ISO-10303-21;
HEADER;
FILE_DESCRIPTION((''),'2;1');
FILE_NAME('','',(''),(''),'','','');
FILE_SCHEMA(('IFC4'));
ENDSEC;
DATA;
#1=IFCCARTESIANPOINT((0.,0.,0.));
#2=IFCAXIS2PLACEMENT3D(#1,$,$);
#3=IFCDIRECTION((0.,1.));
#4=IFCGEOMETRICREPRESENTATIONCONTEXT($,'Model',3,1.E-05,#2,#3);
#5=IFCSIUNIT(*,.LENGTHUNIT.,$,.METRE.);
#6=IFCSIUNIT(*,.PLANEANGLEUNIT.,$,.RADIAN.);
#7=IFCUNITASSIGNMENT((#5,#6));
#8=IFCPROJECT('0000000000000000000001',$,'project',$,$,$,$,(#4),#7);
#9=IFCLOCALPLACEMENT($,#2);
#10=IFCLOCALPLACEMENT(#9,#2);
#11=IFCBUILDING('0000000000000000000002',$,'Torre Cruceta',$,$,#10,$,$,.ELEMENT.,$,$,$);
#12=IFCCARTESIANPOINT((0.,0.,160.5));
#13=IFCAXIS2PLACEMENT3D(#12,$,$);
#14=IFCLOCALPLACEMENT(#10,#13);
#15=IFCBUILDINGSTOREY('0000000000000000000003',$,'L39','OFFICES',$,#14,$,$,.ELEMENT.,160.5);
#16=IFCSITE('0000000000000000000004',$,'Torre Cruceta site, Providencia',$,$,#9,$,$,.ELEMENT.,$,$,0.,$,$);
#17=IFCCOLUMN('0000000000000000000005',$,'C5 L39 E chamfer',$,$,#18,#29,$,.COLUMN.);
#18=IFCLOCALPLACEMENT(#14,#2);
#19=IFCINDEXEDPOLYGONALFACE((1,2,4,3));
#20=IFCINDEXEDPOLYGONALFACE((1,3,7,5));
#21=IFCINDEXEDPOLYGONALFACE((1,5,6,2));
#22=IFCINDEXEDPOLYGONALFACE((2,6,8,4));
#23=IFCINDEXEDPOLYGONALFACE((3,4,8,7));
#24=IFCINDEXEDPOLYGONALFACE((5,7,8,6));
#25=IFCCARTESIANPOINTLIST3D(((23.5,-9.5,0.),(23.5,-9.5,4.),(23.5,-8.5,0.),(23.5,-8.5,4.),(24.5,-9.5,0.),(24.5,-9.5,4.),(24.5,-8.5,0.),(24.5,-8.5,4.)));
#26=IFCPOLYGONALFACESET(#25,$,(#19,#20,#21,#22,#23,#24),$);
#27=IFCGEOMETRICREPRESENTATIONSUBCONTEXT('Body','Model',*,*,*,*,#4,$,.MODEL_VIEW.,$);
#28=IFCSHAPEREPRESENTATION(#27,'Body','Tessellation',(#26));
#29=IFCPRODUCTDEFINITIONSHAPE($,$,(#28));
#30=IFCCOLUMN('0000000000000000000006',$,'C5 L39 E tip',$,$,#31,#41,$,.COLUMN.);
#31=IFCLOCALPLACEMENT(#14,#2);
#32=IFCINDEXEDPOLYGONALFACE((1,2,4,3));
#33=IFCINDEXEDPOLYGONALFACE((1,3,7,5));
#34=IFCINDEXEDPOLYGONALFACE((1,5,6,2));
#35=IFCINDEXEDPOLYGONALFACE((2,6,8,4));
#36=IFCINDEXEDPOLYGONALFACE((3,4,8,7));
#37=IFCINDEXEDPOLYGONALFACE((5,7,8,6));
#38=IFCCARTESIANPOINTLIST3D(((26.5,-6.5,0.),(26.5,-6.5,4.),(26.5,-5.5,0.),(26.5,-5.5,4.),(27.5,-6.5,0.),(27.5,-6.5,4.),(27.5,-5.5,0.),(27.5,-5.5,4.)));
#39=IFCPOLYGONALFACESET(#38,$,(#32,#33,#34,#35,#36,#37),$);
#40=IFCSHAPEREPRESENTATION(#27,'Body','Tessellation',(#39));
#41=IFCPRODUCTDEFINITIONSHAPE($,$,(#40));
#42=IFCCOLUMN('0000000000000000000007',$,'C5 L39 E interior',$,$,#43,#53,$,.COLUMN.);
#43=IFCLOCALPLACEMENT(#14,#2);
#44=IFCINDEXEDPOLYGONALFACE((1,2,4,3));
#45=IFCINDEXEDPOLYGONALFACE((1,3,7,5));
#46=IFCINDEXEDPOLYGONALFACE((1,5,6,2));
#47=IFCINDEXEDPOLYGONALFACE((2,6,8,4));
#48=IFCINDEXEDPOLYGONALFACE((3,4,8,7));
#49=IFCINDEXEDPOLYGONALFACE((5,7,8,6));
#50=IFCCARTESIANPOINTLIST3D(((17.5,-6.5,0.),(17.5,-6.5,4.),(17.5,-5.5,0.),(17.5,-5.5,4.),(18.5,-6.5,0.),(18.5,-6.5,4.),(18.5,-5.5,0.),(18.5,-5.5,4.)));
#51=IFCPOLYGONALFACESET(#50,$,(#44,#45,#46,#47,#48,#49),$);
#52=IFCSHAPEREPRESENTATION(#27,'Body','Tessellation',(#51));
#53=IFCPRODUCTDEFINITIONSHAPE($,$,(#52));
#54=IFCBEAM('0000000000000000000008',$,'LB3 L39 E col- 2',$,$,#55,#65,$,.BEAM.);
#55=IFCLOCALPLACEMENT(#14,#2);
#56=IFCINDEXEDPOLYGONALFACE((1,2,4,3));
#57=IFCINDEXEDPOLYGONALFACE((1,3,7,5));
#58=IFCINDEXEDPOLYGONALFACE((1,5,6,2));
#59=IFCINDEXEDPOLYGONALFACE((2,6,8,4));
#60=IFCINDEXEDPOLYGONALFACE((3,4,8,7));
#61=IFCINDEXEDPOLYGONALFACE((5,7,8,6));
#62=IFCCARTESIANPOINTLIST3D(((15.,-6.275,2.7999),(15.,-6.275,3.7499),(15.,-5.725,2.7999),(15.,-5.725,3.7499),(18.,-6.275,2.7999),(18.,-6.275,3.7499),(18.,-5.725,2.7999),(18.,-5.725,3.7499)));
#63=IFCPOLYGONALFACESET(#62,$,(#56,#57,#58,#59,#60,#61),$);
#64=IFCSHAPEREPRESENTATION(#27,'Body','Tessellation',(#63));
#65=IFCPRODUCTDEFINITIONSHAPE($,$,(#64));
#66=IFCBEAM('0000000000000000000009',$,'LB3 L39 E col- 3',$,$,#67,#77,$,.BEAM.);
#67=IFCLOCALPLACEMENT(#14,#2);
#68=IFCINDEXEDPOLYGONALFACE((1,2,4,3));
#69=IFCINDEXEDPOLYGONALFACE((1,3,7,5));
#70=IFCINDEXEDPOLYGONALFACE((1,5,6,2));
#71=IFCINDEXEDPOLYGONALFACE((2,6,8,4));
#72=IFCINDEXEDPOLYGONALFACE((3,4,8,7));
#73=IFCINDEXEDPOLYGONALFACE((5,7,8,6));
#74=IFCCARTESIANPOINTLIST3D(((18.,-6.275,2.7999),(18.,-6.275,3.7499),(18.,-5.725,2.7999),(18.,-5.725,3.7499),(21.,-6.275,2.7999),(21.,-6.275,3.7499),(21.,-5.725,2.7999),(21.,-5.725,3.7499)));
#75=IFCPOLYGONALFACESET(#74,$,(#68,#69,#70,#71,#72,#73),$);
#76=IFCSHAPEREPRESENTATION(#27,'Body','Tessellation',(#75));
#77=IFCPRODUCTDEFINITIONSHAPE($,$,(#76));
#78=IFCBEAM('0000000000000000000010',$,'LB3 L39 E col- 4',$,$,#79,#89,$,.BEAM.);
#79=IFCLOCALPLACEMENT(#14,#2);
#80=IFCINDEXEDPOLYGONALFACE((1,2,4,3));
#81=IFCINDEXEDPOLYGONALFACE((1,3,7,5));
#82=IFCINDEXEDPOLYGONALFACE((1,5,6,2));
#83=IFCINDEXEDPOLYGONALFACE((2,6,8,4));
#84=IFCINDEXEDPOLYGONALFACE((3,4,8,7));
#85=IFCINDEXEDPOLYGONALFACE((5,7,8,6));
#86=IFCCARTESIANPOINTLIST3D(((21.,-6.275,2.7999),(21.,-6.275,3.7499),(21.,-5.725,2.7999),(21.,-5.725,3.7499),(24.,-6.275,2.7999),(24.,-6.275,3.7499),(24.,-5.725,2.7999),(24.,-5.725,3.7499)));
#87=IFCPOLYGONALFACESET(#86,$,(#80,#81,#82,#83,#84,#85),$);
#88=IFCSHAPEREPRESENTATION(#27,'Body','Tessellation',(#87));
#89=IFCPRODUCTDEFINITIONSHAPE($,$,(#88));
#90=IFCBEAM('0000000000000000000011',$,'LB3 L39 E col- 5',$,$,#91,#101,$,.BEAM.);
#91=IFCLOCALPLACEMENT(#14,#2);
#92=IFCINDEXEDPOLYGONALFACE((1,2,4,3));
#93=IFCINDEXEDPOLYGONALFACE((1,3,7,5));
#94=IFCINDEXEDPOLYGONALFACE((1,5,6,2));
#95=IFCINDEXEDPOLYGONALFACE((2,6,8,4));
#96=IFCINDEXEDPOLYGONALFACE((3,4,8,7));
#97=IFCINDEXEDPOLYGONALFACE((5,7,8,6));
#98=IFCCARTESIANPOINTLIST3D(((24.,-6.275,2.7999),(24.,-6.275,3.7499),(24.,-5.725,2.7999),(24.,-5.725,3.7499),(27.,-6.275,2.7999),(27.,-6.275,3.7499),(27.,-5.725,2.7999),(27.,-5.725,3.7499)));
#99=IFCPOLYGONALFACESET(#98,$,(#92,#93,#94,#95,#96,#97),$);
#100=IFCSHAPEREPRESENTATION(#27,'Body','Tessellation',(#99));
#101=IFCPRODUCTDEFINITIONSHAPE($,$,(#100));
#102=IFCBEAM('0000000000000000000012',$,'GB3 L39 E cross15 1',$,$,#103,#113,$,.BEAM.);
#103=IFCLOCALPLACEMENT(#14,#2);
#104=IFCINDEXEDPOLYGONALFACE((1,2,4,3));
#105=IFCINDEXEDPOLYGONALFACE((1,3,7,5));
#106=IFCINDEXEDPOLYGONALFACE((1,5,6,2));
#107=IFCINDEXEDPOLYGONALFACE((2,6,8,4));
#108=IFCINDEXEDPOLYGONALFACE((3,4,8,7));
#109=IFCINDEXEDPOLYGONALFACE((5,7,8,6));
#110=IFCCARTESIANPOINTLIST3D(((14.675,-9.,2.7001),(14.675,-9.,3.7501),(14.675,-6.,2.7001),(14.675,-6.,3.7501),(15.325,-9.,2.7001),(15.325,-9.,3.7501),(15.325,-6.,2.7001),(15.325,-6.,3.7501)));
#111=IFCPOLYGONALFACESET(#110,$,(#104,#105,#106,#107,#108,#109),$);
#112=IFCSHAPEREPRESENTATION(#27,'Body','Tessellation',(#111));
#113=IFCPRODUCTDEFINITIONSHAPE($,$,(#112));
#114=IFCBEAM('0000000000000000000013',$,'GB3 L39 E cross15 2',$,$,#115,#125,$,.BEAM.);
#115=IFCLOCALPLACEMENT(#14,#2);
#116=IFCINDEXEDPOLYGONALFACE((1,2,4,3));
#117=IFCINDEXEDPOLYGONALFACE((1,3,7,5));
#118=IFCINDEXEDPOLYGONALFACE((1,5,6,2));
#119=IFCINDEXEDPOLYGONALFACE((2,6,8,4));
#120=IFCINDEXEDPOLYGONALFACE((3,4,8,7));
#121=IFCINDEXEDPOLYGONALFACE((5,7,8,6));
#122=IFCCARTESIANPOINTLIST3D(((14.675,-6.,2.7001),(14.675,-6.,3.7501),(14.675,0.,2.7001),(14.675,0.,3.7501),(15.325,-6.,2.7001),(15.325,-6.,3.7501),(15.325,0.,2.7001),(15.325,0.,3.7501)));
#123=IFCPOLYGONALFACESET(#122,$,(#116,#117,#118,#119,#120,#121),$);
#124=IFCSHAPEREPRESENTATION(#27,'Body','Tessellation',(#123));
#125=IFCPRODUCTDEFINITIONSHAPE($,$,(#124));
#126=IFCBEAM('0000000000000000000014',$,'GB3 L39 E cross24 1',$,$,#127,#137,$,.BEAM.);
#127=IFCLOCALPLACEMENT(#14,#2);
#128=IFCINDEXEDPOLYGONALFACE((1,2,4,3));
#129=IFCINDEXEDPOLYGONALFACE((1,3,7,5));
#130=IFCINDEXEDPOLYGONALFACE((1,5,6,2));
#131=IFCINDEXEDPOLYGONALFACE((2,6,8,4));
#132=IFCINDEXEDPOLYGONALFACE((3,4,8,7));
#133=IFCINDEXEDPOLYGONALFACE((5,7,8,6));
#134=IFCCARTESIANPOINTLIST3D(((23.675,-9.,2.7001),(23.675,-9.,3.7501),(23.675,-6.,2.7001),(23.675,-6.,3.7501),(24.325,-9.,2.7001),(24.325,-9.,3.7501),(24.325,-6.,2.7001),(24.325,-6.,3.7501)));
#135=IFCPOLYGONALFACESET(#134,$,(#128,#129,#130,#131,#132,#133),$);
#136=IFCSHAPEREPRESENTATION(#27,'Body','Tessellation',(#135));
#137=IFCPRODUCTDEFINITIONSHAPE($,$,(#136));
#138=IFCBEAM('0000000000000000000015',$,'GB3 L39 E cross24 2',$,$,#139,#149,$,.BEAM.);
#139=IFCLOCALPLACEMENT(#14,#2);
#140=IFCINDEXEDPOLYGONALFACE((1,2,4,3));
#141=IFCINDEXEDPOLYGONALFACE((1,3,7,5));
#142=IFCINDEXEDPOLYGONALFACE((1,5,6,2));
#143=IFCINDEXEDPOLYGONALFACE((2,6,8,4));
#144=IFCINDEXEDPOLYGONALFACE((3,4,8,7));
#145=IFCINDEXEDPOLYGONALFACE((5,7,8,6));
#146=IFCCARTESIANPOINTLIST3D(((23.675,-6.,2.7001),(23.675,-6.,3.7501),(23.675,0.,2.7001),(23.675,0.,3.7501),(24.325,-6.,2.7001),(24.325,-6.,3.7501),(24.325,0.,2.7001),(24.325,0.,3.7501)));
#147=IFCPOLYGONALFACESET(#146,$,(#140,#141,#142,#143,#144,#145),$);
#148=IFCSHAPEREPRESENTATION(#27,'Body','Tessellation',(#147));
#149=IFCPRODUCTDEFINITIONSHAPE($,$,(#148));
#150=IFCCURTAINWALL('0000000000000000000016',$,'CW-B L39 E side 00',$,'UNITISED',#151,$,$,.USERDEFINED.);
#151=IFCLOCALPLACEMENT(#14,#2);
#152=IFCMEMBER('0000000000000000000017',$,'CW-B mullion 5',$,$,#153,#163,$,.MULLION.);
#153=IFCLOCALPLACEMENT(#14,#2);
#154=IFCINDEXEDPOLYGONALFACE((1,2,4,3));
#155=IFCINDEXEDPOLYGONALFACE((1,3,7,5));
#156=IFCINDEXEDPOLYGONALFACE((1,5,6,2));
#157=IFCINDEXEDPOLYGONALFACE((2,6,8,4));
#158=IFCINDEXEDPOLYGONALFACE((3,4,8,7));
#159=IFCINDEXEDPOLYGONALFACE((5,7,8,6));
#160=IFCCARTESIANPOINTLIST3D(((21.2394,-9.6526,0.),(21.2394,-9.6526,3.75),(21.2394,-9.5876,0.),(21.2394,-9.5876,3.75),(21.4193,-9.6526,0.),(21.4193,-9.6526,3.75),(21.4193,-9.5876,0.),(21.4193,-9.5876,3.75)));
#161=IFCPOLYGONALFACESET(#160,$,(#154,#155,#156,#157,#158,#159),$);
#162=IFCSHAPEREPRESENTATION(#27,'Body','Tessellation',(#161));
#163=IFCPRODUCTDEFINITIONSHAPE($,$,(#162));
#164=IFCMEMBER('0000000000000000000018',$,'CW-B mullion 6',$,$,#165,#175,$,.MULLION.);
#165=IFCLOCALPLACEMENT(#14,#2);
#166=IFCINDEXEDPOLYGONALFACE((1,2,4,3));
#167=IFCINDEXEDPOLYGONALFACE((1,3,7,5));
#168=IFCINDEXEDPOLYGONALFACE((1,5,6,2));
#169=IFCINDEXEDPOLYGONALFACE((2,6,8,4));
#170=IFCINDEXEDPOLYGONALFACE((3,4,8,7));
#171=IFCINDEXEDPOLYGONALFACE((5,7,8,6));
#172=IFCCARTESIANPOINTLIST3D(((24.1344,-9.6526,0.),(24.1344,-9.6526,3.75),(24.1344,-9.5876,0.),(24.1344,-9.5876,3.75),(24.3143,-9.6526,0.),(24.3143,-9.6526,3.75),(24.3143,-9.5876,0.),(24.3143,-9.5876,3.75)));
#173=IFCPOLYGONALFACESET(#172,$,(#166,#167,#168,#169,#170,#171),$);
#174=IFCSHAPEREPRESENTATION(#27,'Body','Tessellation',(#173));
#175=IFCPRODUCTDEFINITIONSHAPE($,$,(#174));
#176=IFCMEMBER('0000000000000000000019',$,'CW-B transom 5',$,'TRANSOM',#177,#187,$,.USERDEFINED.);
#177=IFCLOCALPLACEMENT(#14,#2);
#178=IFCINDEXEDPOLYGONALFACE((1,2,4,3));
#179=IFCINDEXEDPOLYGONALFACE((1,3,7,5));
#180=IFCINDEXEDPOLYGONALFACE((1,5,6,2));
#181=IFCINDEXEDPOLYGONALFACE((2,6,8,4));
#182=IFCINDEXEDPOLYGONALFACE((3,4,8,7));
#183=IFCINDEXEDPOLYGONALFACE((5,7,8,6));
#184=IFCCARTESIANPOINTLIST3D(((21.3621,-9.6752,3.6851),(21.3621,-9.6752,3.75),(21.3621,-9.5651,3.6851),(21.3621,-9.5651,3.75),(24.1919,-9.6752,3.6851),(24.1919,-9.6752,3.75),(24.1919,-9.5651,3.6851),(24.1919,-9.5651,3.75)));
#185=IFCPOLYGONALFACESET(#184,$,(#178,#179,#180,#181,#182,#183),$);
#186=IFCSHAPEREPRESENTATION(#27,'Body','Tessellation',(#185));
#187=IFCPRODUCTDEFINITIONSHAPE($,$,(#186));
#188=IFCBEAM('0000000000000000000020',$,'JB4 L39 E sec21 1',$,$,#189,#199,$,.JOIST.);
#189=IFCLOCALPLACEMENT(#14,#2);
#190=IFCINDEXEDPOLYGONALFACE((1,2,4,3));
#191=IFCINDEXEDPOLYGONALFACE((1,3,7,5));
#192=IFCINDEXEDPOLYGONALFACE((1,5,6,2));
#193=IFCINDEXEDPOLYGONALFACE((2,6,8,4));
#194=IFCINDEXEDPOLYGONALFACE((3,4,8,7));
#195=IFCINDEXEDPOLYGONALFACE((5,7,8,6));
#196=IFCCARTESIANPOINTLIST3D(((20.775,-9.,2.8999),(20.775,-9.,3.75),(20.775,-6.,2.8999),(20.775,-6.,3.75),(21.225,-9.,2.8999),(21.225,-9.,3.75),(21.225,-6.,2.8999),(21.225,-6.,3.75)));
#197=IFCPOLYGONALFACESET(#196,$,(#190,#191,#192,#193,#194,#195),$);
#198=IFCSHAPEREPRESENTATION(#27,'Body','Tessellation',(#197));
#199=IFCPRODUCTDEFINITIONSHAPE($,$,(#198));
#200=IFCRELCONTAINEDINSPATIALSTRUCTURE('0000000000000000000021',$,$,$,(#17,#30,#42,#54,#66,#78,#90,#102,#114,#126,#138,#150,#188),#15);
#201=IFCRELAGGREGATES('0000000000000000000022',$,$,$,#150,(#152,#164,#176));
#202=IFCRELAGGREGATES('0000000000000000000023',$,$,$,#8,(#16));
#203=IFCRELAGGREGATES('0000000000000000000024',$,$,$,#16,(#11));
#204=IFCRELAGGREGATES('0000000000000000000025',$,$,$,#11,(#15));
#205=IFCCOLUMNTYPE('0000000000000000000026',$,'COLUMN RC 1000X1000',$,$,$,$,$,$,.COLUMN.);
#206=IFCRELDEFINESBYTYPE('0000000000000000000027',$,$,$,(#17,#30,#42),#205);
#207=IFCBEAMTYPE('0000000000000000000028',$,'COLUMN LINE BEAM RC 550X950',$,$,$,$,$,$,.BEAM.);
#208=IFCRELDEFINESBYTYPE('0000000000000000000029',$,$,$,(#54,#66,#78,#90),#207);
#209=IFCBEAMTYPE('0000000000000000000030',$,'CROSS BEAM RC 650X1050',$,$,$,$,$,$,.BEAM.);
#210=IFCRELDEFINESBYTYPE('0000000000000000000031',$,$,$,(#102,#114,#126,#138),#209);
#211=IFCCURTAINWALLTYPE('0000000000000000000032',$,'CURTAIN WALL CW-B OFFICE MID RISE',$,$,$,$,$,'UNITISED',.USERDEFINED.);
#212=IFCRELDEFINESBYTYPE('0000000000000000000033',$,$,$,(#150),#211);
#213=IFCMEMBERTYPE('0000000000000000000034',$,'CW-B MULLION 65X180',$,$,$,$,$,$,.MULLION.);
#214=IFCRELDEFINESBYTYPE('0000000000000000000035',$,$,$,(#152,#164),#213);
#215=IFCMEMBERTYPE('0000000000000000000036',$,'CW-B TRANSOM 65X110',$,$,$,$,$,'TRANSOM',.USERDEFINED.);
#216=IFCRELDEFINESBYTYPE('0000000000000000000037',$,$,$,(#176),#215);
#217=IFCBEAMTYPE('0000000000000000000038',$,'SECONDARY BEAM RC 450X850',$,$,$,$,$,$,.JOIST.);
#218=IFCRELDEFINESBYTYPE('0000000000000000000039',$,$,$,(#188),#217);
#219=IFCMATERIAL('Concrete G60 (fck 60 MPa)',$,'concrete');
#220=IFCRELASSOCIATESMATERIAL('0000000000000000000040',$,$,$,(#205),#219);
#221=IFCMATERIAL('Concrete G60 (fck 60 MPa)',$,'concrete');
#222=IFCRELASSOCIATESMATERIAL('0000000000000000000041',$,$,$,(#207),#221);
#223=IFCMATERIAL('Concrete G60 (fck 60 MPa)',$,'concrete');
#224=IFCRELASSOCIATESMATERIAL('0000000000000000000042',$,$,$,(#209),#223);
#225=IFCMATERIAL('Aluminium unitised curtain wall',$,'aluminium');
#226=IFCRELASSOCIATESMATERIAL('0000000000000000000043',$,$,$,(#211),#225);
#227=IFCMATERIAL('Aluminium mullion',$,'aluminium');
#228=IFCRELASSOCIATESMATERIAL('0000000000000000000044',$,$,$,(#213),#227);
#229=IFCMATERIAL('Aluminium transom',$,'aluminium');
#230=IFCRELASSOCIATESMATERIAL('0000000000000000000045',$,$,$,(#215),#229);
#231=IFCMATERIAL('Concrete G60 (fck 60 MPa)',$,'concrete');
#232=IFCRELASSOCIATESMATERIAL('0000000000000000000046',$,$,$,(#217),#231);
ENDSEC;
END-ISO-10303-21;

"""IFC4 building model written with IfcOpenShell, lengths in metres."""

from ifc_helpers import new_model, si_unit, direction, frame, origin, origin_2d, place, context, subcontext, project, spatial, rectangle, extrude, material, material_profile, profile_set, type_object, element, aggregate, save


model = new_model("IFC4")

# Units and contexts
model_context = context("Model", 3, precision=1e-05, world=origin(), true_north=direction((0.0, 1.0)))
body_context = subcontext(model_context, "Body", "Model", "MODEL_VIEW")
ifc_project = project(units=[si_unit("LENGTHUNIT", "METRE"), si_unit("PLANEANGLEUNIT", "RADIAN")], contexts=[model_context])

# Site, building, storey
site_placement = place(None, origin())
site = spatial("IfcSite", under=ifc_project, at=site_placement, Name="Torre Cruceta site, Providencia", CompositionType="ELEMENT", RefElevation=0.0)
building_placement = place(site_placement, origin())
building = spatial("IfcBuilding", under=site, at=building_placement, Name="Torre Cruceta", CompositionType="ELEMENT")
storey_placement = place(building_placement, frame((0.0, 0.0, 160.5)))
storey = spatial("IfcBuildingStorey", under=building, at=storey_placement, Name="L39", Description="OFFICES", CompositionType="ELEMENT", Elevation=160.5)

# Columns
ifc_material_1 = material(Name="Concrete G60 (fck 60 MPa)", Category="concrete")
ifc_material_profile_1 = material_profile(ifc_material_1, rectangle(XDim=1.0, YDim=1.0, at=origin_2d()), Name="RC 1000X1000")
ifc_profile_set_1 = profile_set([ifc_material_profile_1], Name="Concrete G60 (fck 60 MPa)")
column_type = type_object("IfcColumnType", Name="COLUMN RC 1000X1000", PredefinedType="COLUMN", material=ifc_profile_set_1)
for number, where, z_axis, x_axis, name in (
    (1, (24.0, -9.0, 0.0), (0.0, 0.0, 1.0), (1.0, 0.0, 0.0), "C5 L39 E chamfer"),
    (2, (27.0, -6.0, 0.0), (0.0, 0.0, 1.0), (1.0, 0.0, 0.0), "C5 L39 E tip"),
    (3, (18.0, -6.0, 0.0), (0.0, 0.0, 1.0), (1.0, 0.0, 0.0), "C5 L39 E interior"),
):
    element("IfcColumn", number, at=place(storey_placement, frame(where, z_axis=z_axis, x_axis=x_axis)), inside=storey, type_object=column_type, Name=name, PredefinedType="COLUMN", context=body_context, shape_type="SweptSolid", body=[
        extrude(rectangle(XDim=1.0, YDim=1.0, at=origin_2d()), origin(), (0.0, 0.0, 1.0), 4.0),
    ])

# Beams
ifc_material_2 = material(Name="Concrete G60 (fck 60 MPa)", Category="concrete")
ifc_material_profile_2 = material_profile(ifc_material_2, rectangle(XDim=0.55, YDim=0.95, at=origin_2d()), Name="RC 550X950")
ifc_profile_set_2 = profile_set([ifc_material_profile_2], Name="Concrete G60 (fck 60 MPa)")
beam_type_1 = type_object("IfcBeamType", Name="COLUMN LINE BEAM RC 550X950", PredefinedType="BEAM", material=ifc_profile_set_2)
for number, where, z_axis, x_axis, name in (
    (4, (15.0, -6.0, 3.2749), (1.0, 0.0, 0.0), (0.0, 1.0, 0.0), "LB3 L39 E col- 2"),
    (5, (18.0, -6.0, 3.2749), (1.0, 0.0, 0.0), (0.0, 1.0, 0.0), "LB3 L39 E col- 3"),
    (6, (21.0, -6.0, 3.2749), (1.0, 0.0, 0.0), (0.0, 1.0, 0.0), "LB3 L39 E col- 4"),
    (7, (24.0, -6.0, 3.2749), (1.0, 0.0, 0.0), (0.0, 1.0, 0.0), "LB3 L39 E col- 5"),
):
    element("IfcBeam", number, at=place(storey_placement, frame(where, z_axis=z_axis, x_axis=x_axis)), inside=storey, type_object=beam_type_1, Name=name, PredefinedType="BEAM", context=body_context, shape_type="SweptSolid", body=[
        extrude(rectangle(XDim=0.55, YDim=0.95, at=origin_2d()), origin(), (0.0, 0.0, 1.0), 3.0),
    ])
ifc_material_3 = material(Name="Concrete G60 (fck 60 MPa)", Category="concrete")
ifc_material_profile_3 = material_profile(ifc_material_3, rectangle(XDim=0.6499, YDim=1.05, at=origin_2d()), Name="RC 650X1050")
ifc_profile_set_3 = profile_set([ifc_material_profile_3], Name="Concrete G60 (fck 60 MPa)")
beam_type_2 = type_object("IfcBeamType", Name="CROSS BEAM RC 650X1050", PredefinedType="BEAM", material=ifc_profile_set_3)
beam_1_placement = place(storey_placement, frame((15.0, -9.0, 3.2251), z_axis=(0.0, 1.0, 0.0), x_axis=(-1.0, 0.0, 0.0)))
element("IfcBeam", 8, at=beam_1_placement, inside=storey, type_object=beam_type_2, Name="GB3 L39 E cross15 1", PredefinedType="BEAM", context=body_context, shape_type="SweptSolid", body=[
    extrude(rectangle(XDim=0.6499, YDim=1.05, at=origin_2d()), origin(), (0.0, 0.0, 1.0), 3.0),
])
beam_2_placement = place(storey_placement, frame((15.0, -6.0, 3.2251), z_axis=(0.0, 1.0, 0.0), x_axis=(-1.0, 0.0, 0.0)))
element("IfcBeam", 9, at=beam_2_placement, inside=storey, type_object=beam_type_2, Name="GB3 L39 E cross15 2", PredefinedType="BEAM", context=body_context, shape_type="SweptSolid", body=[
    extrude(rectangle(XDim=0.6499, YDim=1.05, at=origin_2d()), origin(), (0.0, 0.0, 1.0), 6.0),
])
beam_3_placement = place(storey_placement, frame((24.0, -9.0, 3.2251), z_axis=(0.0, 1.0, 0.0), x_axis=(-1.0, 0.0, 0.0)))
element("IfcBeam", 10, at=beam_3_placement, inside=storey, type_object=beam_type_2, Name="GB3 L39 E cross24 1", PredefinedType="BEAM", context=body_context, shape_type="SweptSolid", body=[
    extrude(rectangle(XDim=0.6499, YDim=1.05, at=origin_2d()), origin(), (0.0, 0.0, 1.0), 3.0),
])
beam_4_placement = place(storey_placement, frame((24.0, -6.0, 3.2251), z_axis=(0.0, 1.0, 0.0), x_axis=(-1.0, 0.0, 0.0)))
element("IfcBeam", 11, at=beam_4_placement, inside=storey, type_object=beam_type_2, Name="GB3 L39 E cross24 2", PredefinedType="BEAM", context=body_context, shape_type="SweptSolid", body=[
    extrude(rectangle(XDim=0.6499, YDim=1.05, at=origin_2d()), origin(), (0.0, 0.0, 1.0), 6.0),
])

# Curtain wall, members
ifc_material_4 = material(Name="Aluminium unitised curtain wall", Category="aluminium")
curtain_wall_type = type_object("IfcCurtainWallType", Name="CURTAIN WALL CW-B OFFICE MID RISE", ElementType="UNITISED", PredefinedType="USERDEFINED", material=ifc_material_4)
curtain_wall_placement = place(storey_placement, origin())
curtain_wall = element("IfcCurtainWall", 12, at=curtain_wall_placement, inside=storey, type_object=curtain_wall_type, Name="CW-B L39 E side 00", ObjectType="UNITISED", PredefinedType="USERDEFINED")
ifc_material_5 = material(Name="Aluminium mullion", Category="aluminium")
ifc_material_profile_4 = material_profile(ifc_material_5, rectangle(XDim=0.0649, YDim=0.1799, at=origin_2d()), Name="AL 65X180")
ifc_profile_set_4 = profile_set([ifc_material_profile_4], Name="Aluminium mullion")
member_type_1 = type_object("IfcMemberType", Name="CW-B MULLION 65X180", PredefinedType="MULLION", material=ifc_profile_set_4)
member_1_placement = place(storey_placement, frame((21.3293, -9.6201, 0.0), z_axis=(0.0, 0.0, 1.0), x_axis=(0.0, 1.0, 0.0)))
member_1 = element("IfcMember", 13, at=member_1_placement, type_object=member_type_1, Name="CW-B mullion 5", PredefinedType="MULLION", context=body_context, shape_type="SweptSolid", body=[
    extrude(rectangle(XDim=0.0649, YDim=0.1799, at=origin_2d()), origin(), (0.0, 0.0, 1.0), 3.75),
])
member_2_placement = place(storey_placement, frame((24.2244, -9.6201, 0.0), z_axis=(0.0, 0.0, 1.0), x_axis=(0.0, 1.0, 0.0)))
member_2 = element("IfcMember", 14, at=member_2_placement, type_object=member_type_1, Name="CW-B mullion 6", PredefinedType="MULLION", context=body_context, shape_type="SweptSolid", body=[
    extrude(rectangle(XDim=0.0649, YDim=0.1799, at=origin_2d()), origin(), (0.0, 0.0, 1.0), 3.75),
])
ifc_material_6 = material(Name="Aluminium transom", Category="aluminium")
ifc_material_profile_5 = material_profile(ifc_material_6, rectangle(XDim=0.1101, YDim=0.0649, at=origin_2d()), Name="AL 110X65")
ifc_profile_set_5 = profile_set([ifc_material_profile_5], Name="Aluminium transom")
member_type_2 = type_object("IfcMemberType", Name="CW-B TRANSOM 65X110", ElementType="TRANSOM", PredefinedType="USERDEFINED", material=ifc_profile_set_5)
member_3_placement = place(storey_placement, frame((21.3621, -9.6201, 3.7175), z_axis=(1.0, 0.0, 0.0), x_axis=(0.0, 1.0, 0.0)))
member_3 = element("IfcMember", 15, at=member_3_placement, type_object=member_type_2, Name="CW-B transom 5", ObjectType="TRANSOM", PredefinedType="USERDEFINED", context=body_context, shape_type="SweptSolid", body=[
    extrude(rectangle(XDim=0.1101, YDim=0.0649, at=origin_2d()), origin(), (0.0, 0.0, 1.0), 2.8298),
])

# Beam
ifc_material_7 = material(Name="Concrete G60 (fck 60 MPa)", Category="concrete")
ifc_material_profile_6 = material_profile(ifc_material_7, rectangle(XDim=0.45, YDim=0.8501, at=origin_2d()), Name="RC 450X850")
ifc_profile_set_6 = profile_set([ifc_material_profile_6], Name="Concrete G60 (fck 60 MPa)")
beam_type_3 = type_object("IfcBeamType", Name="SECONDARY BEAM RC 450X850", PredefinedType="JOIST", material=ifc_profile_set_6)
beam_5_placement = place(storey_placement, frame((21.0, -9.0, 3.325), z_axis=(0.0, 1.0, 0.0), x_axis=(-1.0, 0.0, 0.0)))
element("IfcBeam", 16, at=beam_5_placement, inside=storey, type_object=beam_type_3, Name="JB4 L39 E sec21 1", PredefinedType="JOIST", context=body_context, shape_type="SweptSolid", body=[
    extrude(rectangle(XDim=0.45, YDim=0.8501, at=origin_2d()), origin(), (0.0, 0.0, 1.0), 3.0),
])

aggregate(curtain_wall, [member_1, member_2, member_3])

save(model, "model.ifc")
